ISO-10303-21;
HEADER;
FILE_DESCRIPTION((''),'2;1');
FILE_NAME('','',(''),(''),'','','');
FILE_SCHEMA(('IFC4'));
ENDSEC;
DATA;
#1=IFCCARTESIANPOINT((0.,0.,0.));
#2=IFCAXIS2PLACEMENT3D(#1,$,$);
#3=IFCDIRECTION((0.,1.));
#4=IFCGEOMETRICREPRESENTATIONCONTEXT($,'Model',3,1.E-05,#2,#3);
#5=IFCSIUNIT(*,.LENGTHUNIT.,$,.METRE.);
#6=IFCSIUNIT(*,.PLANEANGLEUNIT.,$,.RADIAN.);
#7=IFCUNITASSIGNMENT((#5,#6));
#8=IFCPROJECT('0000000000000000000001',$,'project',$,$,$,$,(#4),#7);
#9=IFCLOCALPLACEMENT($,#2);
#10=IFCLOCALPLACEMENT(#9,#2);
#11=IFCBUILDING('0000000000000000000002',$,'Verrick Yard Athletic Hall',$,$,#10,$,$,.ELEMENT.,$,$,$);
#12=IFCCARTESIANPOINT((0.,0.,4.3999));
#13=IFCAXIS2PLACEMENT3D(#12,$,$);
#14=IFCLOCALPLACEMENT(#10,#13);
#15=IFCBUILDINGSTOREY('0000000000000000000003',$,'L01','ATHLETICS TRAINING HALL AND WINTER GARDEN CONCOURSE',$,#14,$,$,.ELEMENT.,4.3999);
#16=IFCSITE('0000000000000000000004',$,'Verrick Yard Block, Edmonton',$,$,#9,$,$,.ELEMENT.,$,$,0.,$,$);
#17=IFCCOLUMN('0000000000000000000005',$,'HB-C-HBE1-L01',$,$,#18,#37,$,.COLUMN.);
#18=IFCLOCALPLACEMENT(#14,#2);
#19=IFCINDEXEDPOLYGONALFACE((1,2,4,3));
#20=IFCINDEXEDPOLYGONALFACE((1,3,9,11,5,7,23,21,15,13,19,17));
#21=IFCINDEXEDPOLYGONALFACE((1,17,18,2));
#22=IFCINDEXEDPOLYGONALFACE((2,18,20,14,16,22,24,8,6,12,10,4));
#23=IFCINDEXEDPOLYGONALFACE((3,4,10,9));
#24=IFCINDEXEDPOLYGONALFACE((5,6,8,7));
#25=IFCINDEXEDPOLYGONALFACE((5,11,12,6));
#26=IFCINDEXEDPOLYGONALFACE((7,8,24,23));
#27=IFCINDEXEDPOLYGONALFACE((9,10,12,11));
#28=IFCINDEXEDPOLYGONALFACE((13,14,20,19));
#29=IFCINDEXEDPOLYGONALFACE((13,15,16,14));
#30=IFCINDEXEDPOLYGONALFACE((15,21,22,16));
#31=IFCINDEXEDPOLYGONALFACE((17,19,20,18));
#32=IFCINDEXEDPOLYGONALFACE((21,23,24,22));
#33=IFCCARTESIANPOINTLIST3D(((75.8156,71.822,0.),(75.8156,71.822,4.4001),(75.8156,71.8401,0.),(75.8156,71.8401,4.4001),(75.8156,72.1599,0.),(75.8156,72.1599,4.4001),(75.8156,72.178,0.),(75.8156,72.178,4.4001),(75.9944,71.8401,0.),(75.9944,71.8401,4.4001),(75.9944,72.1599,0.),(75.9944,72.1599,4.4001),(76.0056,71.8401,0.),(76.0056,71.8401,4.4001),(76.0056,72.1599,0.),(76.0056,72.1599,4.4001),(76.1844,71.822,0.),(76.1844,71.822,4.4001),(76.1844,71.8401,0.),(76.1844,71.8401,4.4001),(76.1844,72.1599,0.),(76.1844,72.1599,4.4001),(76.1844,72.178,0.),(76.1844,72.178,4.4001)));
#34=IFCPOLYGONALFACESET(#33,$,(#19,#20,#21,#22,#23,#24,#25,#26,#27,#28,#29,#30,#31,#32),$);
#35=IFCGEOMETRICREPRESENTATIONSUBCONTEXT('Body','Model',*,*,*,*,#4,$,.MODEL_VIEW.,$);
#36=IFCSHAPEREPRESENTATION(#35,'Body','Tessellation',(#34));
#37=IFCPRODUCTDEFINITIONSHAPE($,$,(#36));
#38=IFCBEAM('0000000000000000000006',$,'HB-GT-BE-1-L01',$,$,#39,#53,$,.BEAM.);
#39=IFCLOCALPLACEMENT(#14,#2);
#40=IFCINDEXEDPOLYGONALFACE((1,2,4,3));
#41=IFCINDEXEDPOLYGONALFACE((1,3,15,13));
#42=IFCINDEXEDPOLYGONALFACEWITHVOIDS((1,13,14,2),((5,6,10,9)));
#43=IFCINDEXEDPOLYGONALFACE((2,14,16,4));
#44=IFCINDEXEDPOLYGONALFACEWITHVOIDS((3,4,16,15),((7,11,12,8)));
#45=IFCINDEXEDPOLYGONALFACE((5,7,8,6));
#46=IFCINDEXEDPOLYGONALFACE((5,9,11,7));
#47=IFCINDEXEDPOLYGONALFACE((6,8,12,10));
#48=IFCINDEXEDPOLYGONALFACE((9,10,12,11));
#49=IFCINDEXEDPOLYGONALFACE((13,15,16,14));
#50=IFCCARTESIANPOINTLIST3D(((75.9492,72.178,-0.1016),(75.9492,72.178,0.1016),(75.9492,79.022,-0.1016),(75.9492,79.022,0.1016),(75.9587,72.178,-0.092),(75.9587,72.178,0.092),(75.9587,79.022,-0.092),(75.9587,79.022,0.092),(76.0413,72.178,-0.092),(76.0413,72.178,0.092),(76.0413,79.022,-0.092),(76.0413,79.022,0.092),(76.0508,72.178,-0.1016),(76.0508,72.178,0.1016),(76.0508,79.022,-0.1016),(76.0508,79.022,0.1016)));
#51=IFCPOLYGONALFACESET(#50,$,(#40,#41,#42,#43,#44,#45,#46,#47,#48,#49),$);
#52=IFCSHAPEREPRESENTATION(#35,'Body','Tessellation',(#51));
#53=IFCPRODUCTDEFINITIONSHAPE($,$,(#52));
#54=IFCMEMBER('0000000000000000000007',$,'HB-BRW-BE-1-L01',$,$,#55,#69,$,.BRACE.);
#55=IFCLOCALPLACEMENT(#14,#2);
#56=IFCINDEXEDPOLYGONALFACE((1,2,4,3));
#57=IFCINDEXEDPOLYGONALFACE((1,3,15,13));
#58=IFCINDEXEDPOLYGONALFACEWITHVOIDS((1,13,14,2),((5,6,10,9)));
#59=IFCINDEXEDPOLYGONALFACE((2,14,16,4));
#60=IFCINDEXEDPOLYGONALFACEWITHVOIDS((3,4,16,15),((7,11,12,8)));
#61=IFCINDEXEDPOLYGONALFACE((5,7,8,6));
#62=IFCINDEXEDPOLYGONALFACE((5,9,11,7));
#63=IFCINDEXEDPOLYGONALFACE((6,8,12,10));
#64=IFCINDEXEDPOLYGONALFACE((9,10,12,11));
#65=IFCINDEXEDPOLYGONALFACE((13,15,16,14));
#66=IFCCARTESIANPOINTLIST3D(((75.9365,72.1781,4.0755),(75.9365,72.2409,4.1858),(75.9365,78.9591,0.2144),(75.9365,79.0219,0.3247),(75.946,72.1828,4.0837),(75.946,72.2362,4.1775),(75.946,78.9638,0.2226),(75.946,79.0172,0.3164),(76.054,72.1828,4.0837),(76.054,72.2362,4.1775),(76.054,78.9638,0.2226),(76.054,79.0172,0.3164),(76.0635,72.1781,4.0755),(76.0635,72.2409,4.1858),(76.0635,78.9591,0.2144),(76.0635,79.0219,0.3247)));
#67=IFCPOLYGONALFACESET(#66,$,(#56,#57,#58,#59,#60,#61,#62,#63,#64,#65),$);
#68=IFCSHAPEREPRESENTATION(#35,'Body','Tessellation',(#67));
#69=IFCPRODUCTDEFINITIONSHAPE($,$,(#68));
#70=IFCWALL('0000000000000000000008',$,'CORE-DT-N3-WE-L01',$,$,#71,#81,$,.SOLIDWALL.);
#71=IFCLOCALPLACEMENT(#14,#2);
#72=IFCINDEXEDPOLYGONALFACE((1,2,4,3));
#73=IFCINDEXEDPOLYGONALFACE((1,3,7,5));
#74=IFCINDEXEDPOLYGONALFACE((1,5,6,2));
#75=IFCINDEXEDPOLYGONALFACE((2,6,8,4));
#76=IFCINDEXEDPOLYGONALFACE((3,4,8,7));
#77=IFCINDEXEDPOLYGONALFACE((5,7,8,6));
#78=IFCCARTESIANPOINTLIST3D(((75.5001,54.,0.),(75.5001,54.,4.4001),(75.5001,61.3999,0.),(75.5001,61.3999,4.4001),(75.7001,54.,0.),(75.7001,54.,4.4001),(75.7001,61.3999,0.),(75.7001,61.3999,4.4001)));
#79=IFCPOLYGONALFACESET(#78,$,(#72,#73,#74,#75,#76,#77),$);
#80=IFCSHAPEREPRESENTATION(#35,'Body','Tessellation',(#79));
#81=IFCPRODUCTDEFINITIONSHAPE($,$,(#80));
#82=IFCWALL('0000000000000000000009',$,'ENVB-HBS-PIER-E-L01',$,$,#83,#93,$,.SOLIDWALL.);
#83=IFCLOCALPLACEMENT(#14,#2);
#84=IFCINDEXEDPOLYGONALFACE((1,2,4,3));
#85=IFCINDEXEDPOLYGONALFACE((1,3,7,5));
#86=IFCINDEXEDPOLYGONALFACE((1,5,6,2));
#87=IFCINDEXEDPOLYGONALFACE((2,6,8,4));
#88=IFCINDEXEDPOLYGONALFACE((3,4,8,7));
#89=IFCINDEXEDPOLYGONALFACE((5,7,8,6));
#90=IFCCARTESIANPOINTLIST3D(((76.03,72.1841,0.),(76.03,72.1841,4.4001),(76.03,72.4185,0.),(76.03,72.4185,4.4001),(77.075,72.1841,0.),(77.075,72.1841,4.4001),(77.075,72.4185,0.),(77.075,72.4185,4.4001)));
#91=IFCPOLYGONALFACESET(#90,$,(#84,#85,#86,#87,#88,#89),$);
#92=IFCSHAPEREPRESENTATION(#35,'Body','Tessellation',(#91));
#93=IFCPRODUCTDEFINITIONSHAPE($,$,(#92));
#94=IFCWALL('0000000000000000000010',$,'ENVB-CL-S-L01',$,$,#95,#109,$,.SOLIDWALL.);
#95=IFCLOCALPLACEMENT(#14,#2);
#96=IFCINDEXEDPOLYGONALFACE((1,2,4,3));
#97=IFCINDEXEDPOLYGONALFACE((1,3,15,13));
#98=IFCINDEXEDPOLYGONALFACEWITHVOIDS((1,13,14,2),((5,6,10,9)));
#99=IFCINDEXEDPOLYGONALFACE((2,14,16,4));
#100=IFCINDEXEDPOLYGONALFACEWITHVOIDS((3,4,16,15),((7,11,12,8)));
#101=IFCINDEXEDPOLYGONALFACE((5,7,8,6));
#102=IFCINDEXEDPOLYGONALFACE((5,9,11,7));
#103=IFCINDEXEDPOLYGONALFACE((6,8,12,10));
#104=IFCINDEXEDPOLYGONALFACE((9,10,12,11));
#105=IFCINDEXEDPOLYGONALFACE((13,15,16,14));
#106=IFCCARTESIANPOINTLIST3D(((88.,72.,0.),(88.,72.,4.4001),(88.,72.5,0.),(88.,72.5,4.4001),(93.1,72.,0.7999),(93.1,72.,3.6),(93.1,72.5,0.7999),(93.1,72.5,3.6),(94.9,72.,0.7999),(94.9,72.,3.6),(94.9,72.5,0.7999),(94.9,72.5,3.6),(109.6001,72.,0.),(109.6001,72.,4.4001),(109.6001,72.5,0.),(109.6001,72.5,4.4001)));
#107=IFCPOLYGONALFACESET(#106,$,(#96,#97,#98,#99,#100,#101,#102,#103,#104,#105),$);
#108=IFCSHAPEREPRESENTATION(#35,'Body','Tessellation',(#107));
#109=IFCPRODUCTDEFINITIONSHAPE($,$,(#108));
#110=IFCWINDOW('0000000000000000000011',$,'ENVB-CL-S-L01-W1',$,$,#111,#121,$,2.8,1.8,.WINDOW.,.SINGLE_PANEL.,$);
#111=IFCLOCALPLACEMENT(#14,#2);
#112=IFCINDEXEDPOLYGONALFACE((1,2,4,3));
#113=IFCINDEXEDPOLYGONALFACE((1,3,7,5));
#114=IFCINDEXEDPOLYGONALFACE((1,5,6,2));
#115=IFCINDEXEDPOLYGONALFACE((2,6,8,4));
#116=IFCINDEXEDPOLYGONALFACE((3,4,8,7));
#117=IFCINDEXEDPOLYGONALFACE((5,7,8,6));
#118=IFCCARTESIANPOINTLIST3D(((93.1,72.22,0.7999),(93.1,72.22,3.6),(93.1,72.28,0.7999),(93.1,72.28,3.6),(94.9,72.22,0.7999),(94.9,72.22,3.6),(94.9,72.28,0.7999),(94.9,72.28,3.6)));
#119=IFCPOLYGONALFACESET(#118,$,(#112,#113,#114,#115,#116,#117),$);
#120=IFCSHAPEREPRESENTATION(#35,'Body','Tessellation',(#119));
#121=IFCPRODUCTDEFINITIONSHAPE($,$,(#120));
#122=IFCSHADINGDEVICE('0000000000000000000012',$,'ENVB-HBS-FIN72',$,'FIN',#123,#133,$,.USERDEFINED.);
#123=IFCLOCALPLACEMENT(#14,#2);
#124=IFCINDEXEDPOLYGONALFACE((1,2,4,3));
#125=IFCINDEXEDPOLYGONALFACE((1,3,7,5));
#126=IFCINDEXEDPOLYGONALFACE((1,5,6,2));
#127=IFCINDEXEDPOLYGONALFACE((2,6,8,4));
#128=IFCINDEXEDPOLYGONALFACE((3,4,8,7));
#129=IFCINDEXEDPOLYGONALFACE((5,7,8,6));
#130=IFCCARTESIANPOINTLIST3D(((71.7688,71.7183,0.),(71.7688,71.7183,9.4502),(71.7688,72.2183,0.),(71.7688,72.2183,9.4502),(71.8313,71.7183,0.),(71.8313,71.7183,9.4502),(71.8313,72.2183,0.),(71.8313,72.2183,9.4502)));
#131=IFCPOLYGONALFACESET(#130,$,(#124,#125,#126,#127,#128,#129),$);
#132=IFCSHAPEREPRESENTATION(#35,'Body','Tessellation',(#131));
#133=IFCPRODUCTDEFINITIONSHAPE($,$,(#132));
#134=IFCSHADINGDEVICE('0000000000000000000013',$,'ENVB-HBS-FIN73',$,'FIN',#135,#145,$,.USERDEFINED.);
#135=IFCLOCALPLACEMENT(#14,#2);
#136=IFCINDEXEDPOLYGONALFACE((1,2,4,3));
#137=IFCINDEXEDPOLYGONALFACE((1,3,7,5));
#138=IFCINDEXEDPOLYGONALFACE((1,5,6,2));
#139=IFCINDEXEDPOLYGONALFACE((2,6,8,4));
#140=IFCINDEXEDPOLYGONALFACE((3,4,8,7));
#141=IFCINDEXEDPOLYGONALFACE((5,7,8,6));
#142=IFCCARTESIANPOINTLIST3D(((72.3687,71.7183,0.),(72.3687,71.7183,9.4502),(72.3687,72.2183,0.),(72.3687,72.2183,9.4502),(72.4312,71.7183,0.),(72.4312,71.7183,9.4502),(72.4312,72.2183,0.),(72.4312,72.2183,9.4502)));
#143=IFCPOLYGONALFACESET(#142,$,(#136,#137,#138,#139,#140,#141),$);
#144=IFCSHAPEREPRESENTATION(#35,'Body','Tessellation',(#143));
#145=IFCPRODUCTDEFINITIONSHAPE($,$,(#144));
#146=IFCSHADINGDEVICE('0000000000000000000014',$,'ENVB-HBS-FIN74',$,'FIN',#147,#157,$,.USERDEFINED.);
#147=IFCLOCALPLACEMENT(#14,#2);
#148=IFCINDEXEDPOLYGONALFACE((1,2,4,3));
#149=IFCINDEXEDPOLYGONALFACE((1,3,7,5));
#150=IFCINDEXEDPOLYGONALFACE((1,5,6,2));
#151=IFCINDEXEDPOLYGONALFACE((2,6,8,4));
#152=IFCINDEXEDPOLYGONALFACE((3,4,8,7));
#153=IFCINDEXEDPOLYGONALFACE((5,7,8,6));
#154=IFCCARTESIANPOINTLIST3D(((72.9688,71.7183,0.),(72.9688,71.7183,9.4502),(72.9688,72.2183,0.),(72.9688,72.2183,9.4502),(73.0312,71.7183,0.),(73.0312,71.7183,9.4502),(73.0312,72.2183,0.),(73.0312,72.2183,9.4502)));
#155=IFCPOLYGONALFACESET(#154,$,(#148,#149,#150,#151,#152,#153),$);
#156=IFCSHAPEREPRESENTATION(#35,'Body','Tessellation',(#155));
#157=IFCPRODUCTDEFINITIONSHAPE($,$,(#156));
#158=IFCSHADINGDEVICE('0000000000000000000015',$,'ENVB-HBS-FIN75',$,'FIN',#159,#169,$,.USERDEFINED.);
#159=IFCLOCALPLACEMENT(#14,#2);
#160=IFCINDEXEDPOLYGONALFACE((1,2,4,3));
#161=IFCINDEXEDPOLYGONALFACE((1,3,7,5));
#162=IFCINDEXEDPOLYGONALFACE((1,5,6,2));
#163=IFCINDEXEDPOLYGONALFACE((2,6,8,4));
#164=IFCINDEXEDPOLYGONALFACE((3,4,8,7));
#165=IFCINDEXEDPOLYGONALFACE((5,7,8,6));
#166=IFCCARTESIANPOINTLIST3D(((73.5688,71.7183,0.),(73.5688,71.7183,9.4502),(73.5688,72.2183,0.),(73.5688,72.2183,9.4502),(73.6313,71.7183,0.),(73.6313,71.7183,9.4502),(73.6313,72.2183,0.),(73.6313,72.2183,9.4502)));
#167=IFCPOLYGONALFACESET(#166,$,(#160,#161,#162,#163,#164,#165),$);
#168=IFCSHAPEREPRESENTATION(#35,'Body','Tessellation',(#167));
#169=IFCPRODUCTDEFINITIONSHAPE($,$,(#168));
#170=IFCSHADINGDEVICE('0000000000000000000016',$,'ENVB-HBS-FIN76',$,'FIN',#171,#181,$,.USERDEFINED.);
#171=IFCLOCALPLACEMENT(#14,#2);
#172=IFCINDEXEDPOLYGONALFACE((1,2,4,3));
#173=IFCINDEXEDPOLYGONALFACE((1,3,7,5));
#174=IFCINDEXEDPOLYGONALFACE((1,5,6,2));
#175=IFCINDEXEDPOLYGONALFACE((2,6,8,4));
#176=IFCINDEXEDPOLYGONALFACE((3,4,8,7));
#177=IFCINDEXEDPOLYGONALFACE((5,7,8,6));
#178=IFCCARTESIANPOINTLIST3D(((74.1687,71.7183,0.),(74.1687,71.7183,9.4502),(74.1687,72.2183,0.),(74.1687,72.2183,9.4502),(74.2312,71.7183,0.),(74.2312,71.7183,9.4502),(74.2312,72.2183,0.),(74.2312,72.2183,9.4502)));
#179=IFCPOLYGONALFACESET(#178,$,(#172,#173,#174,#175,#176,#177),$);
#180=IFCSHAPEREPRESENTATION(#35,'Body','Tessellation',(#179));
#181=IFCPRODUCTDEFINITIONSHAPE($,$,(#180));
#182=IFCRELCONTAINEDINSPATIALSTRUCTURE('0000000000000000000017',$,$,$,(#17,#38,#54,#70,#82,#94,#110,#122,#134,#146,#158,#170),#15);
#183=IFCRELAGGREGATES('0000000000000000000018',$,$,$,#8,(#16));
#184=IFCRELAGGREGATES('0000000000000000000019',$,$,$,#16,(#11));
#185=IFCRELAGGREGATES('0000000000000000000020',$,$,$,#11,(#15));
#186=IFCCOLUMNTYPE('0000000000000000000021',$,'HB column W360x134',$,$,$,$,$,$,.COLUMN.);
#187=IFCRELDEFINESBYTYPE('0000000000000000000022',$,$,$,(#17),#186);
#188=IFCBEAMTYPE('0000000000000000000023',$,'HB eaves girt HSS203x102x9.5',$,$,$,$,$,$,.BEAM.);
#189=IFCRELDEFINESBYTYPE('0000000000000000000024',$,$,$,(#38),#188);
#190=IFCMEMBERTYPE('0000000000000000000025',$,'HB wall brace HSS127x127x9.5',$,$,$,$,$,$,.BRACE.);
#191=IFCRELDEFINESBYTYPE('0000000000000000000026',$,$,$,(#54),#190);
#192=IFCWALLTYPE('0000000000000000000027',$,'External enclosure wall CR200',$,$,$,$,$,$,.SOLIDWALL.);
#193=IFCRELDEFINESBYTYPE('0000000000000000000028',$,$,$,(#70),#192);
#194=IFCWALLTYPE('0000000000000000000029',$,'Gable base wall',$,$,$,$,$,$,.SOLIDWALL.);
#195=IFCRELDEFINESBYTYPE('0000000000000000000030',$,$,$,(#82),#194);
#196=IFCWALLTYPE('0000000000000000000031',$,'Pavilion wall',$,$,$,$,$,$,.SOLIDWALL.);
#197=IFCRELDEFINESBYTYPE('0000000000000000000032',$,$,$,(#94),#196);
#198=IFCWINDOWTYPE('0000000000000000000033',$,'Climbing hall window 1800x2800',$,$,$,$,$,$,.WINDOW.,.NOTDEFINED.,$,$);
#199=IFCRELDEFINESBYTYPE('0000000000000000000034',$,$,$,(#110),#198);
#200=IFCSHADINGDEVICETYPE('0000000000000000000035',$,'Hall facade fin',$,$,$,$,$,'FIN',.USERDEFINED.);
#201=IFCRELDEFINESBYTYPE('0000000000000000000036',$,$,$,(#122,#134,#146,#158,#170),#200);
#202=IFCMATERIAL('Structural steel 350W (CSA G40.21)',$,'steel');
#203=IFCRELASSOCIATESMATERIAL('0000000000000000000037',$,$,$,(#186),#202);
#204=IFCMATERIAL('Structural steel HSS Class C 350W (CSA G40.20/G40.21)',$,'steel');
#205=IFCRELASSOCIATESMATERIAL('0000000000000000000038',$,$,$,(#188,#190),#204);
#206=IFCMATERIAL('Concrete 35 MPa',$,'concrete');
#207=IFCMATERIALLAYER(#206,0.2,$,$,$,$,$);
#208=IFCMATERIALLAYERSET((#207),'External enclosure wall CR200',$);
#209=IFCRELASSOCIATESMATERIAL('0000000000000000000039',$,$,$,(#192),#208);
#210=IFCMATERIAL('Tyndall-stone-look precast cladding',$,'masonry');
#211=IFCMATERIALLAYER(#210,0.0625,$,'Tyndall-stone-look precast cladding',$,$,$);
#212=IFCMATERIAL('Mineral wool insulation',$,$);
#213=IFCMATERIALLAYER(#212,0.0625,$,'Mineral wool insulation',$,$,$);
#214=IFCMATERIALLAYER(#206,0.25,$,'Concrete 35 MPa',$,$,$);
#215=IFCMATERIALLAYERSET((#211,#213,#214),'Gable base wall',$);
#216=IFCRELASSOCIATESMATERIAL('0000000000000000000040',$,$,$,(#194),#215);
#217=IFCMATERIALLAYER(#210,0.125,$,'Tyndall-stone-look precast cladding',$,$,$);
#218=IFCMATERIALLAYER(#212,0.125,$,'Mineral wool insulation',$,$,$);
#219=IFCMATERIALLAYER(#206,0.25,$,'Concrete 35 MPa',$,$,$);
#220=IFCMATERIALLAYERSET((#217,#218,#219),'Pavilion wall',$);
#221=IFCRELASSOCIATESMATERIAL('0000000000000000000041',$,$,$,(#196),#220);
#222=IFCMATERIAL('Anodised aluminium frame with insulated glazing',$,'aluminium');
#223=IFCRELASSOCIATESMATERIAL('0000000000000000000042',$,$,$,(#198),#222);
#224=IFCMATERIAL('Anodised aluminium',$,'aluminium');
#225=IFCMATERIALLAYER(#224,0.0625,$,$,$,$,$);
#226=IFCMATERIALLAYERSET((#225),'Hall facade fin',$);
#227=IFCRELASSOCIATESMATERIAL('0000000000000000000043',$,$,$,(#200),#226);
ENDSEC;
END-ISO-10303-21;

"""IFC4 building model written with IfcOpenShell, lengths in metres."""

from ifc_helpers import new_model, si_unit, direction, frame, frame_2d, origin, origin_2d, place, context, subcontext, project, spatial, polyline, rectangle, hollow_rectangle, i_section, outline, extrude, material, layer, layer_set, material_profile, profile_set, type_object, element, fill, save


model = new_model("IFC4")

# Units and contexts
model_context = context("Model", 3, precision=1e-05, world=origin(), true_north=direction((0.0, 1.0)))
body_context = subcontext(model_context, "Body", "Model", "MODEL_VIEW")
ifc_project = project(units=[si_unit("LENGTHUNIT", "METRE"), si_unit("PLANEANGLEUNIT", "RADIAN")], contexts=[model_context])

# Site, building, storey
site_placement = place(None, origin())
site = spatial("IfcSite", under=ifc_project, at=site_placement, Name="Verrick Yard Block, Edmonton", CompositionType="ELEMENT", RefElevation=0.0)
building_placement = place(site_placement, origin())
building = spatial("IfcBuilding", under=site, at=building_placement, Name="Verrick Yard Athletic Hall", CompositionType="ELEMENT")
storey_placement = place(building_placement, frame((0.0, 0.0, 4.3999)))
storey = spatial("IfcBuildingStorey", under=building, at=storey_placement, Name="L01", Description="ATHLETICS TRAINING HALL AND WINTER GARDEN CONCOURSE", CompositionType="ELEMENT", Elevation=4.3999)

# Column
ifc_material_1 = material(Name="Structural steel 350W (CSA G40.21)", Category="steel")
ifc_material_profile_1 = material_profile(ifc_material_1, i_section(OverallWidth=0.3689, OverallDepth=0.356, WebThickness=0.0112, FlangeThickness=0.0181, at=origin_2d()), Name="W360x134")
ifc_profile_set_1 = profile_set([ifc_material_profile_1], Name="Structural steel 350W (CSA G40.21)")
column_type = type_object("IfcColumnType", Name="HB column W360x134", PredefinedType="COLUMN", material=ifc_profile_set_1)
column_placement = place(storey_placement, frame((76.0, 72.0, 0.0), z_axis=(0.0, 0.0, 1.0), x_axis=(1.0, 0.0, 0.0)))
element("IfcColumn", 1, at=column_placement, inside=storey, type_object=column_type, Name="HB-C-HBE1-L01", PredefinedType="COLUMN", context=body_context, shape_type="SweptSolid", body=[
    extrude(i_section(OverallWidth=0.3689, OverallDepth=0.356, WebThickness=0.0112, FlangeThickness=0.0181, at=origin_2d()), origin(), (0.0, 0.0, 1.0), 4.4001),
])

# Beam
ifc_material_2 = material(Name="Structural steel HSS Class C 350W (CSA G40.20/G40.21)", Category="steel")
ifc_material_profile_2 = material_profile(ifc_material_2, hollow_rectangle(XDim=0.1016, YDim=0.2031, WallThickness=0.0095, at=origin_2d()), Name="HSS203x102x9.5")
ifc_profile_set_2 = profile_set([ifc_material_profile_2], Name="Structural steel HSS Class C 350W (CSA G40.20/G40.21)")
beam_type = type_object("IfcBeamType", Name="HB eaves girt HSS203x102x9.5", PredefinedType="BEAM", material=ifc_profile_set_2)
beam_placement = place(storey_placement, frame((76.0, 72.178, 0.0), z_axis=(0.0, 1.0, 0.0), x_axis=(-1.0, 0.0, 0.0)))
element("IfcBeam", 2, at=beam_placement, inside=storey, type_object=beam_type, Name="HB-GT-BE-1-L01", PredefinedType="BEAM", context=body_context, shape_type="SweptSolid", body=[
    extrude(hollow_rectangle(XDim=0.1016, YDim=0.2031, WallThickness=0.0095, at=origin_2d()), origin(), (0.0, 0.0, 1.0), 6.844),
])

# Member
ifc_material_profile_3 = material_profile(ifc_material_2, hollow_rectangle(XDim=0.127, YDim=0.127, WallThickness=0.0095, at=origin_2d()), Name="HSS127x127x9.5")
ifc_profile_set_3 = profile_set([ifc_material_profile_3], Name="Structural steel HSS Class C 350W (CSA G40.20/G40.21)")
member_type = type_object("IfcMemberType", Name="HB wall brace HSS127x127x9.5", PredefinedType="BRACE", material=ifc_profile_set_3)
member_placement = place(storey_placement, frame((76.0, 72.2095, 4.1306), z_axis=(0.0, 0.869003, -0.494807), x_axis=(-1.0, 0.0, 0.0)))
element("IfcMember", 3, at=member_placement, inside=storey, type_object=member_type, Name="HB-BRW-BE-1-L01", PredefinedType="BRACE", context=body_context, shape_type="SweptSolid", body=[
    extrude(hollow_rectangle(XDim=0.127, YDim=0.127, WallThickness=0.0095, at=origin_2d()), origin(), (0.0, 0.0, 1.0), 7.8032),
])

# Walls
ifc_material_3 = material(Name="Concrete 35 MPa", Category="concrete")
ifc_layer_1 = layer(ifc_material_3, 0.2)
ifc_layer_set_1 = layer_set([ifc_layer_1], Name="External enclosure wall CR200")
wall_type_1 = type_object("IfcWallType", Name="External enclosure wall CR200", PredefinedType="SOLIDWALL", material=ifc_layer_set_1)
wall_1_placement = place(storey_placement, frame((75.6001, 61.3999, 0.0), z_axis=(0.0, 0.0, 1.0), x_axis=(0.0, -1.0, 0.0)))
element("IfcWall", 4, at=wall_1_placement, inside=storey, type_object=wall_type_1, Name="CORE-DT-N3-WE-L01", PredefinedType="SOLIDWALL", context=body_context, shape_type="SweptSolid", body=[
    extrude(rectangle(XDim=7.3999, YDim=0.2, at=frame_2d((3.7, 0.0))), origin(), (0.0, 0.0, 1.0), 4.4001),
])
ifc_material_4 = material(Name="Tyndall-stone-look precast cladding", Category="masonry")
ifc_layer_2 = layer(ifc_material_4, 0.0625, Name="Tyndall-stone-look precast cladding")
ifc_material_5 = material(Name="Mineral wool insulation")
ifc_layer_3 = layer(ifc_material_5, 0.0625, Name="Mineral wool insulation")
ifc_layer_4 = layer(ifc_material_3, 0.25, Name="Concrete 35 MPa")
ifc_layer_set_2 = layer_set([ifc_layer_2, ifc_layer_3, ifc_layer_4], Name="Gable base wall")
wall_type_2 = type_object("IfcWallType", Name="Gable base wall", PredefinedType="SOLIDWALL", material=ifc_layer_set_2)
wall_2_placement = place(storey_placement, frame((76.03, 72.3013, 0.0), z_axis=(0.0, 0.0, 1.0), x_axis=(1.0, 0.0, 0.0)))
element("IfcWall", 5, at=wall_2_placement, inside=storey, type_object=wall_type_2, Name="ENVB-HBS-PIER-E-L01", PredefinedType="SOLIDWALL", context=body_context, shape_type="SweptSolid", body=[
    extrude(rectangle(XDim=1.0449, YDim=0.2344, at=frame_2d((0.5225, 0.0))), origin(), (0.0, 0.0, 1.0), 4.4001),
])

# Wall, opening, window
ifc_layer_5 = layer(ifc_material_4, 0.125, Name="Tyndall-stone-look precast cladding")
ifc_layer_6 = layer(ifc_material_5, 0.125, Name="Mineral wool insulation")
ifc_layer_7 = layer(ifc_material_3, 0.25, Name="Concrete 35 MPa")
ifc_layer_set_3 = layer_set([ifc_layer_5, ifc_layer_6, ifc_layer_7], Name="Pavilion wall")
wall_type_3 = type_object("IfcWallType", Name="Pavilion wall", PredefinedType="SOLIDWALL", material=ifc_layer_set_3)
wall_3_placement = place(storey_placement, frame((88.0, 72.25, 0.0), z_axis=(0.0, 0.0, 1.0), x_axis=(1.0, 0.0, 0.0)))
wall_3 = element("IfcWall", 6, at=wall_3_placement, inside=storey, type_object=wall_type_3, Name="ENVB-CL-S-L01", PredefinedType="SOLIDWALL", context=body_context, shape_type="SweptSolid", body=[
    extrude(rectangle(XDim=21.6001, YDim=0.5, at=frame_2d((10.8, 0.0))), origin(), (0.0, 0.0, 1.0), 4.4001),
])
opening_placement = place(wall_3_placement, frame((5.1001, 0.0, 0.8)))
opening = element("IfcOpeningElement", 7, at=opening_placement, cuts=wall_3, PredefinedType="OPENING", context=body_context, shape_type="SweptSolid", body=[
    extrude(rectangle(XDim=1.8, YDim=2.8, at=frame_2d((0.8999, 1.3999))), frame((0.0, 0.26, 0.0), z_axis=(0.0, -1.0, 0.0), x_axis=(1.0, 0.0, 0.0)), (0.0, 0.0, 1.0), 0.52),
])
ifc_material_6 = material(Name="Anodised aluminium frame with insulated glazing", Category="aluminium")
window_type = type_object("IfcWindowType", Name="Climbing hall window 1800x2800", PartitioningType="NOTDEFINED", PredefinedType="WINDOW", material=ifc_material_6)
window_placement = place(opening_placement, origin())
window = element("IfcWindow", 8, at=window_placement, inside=storey, type_object=window_type, Name="ENVB-CL-S-L01-W1", OverallHeight=2.8, OverallWidth=1.8, PartitioningType="SINGLE_PANEL", PredefinedType="WINDOW", context=body_context, shape_type="SweptSolid", body=[
    extrude(rectangle(XDim=1.8, YDim=2.8, at=frame_2d((0.8999, 1.3999))), frame((0.0, 0.03, 0.0), z_axis=(0.0, -1.0, 0.0), x_axis=(1.0, 0.0, 0.0)), (0.0, 0.0, 1.0), 0.0601),
])
fill(opening, window)

# Shading devices
ifc_material_7 = material(Name="Anodised aluminium", Category="aluminium")
ifc_layer_8 = layer(ifc_material_7, 0.0625)
ifc_layer_set_4 = layer_set([ifc_layer_8], Name="Hall facade fin")
shading_device_type = type_object("IfcShadingDeviceType", Name="Hall facade fin", ElementType="FIN", PredefinedType="USERDEFINED", material=ifc_layer_set_4)
for number, where, z_axis, x_axis, name in (
    (9, (71.8, 71.7183, 0.0), (0.0, 0.0, 1.0), (0.0, 1.0, 0.0), "ENVB-HBS-FIN72"),
    (10, (72.3999, 71.7183, 0.0), (0.0, 0.0, 1.0), (0.0, 1.0, 0.0), "ENVB-HBS-FIN73"),
    (11, (73.0, 71.7183, 0.0), (0.0, 0.0, 1.0), (0.0, 1.0, 0.0), "ENVB-HBS-FIN74"),
    (12, (73.6001, 71.7183, 0.0), (0.0, 0.0, 1.0), (0.0, 1.0, 0.0), "ENVB-HBS-FIN75"),
    (13, (74.2, 71.7183, 0.0), (0.0, 0.0, 1.0), (0.0, 1.0, 0.0), "ENVB-HBS-FIN76"),
):
    element("IfcShadingDevice", number, at=place(storey_placement, frame(where, z_axis=z_axis, x_axis=x_axis)), inside=storey, type_object=shading_device_type, Name=name, ObjectType="FIN", PredefinedType="USERDEFINED", context=body_context, shape_type="SweptSolid", body=[
        extrude(outline(polyline([(0.0, 0.0), (0.5, 0.0), (0.5, 9.4502), (0.0, 9.4502), (0.0, 0.0)])), frame((0.0, 0.0312, 0.0), z_axis=(0.0, -1.0, 0.0), x_axis=(1.0, 0.0, 0.0)), (0.0, 0.0, 1.0), 0.0625),
    ])

save(model, "model.ifc")
